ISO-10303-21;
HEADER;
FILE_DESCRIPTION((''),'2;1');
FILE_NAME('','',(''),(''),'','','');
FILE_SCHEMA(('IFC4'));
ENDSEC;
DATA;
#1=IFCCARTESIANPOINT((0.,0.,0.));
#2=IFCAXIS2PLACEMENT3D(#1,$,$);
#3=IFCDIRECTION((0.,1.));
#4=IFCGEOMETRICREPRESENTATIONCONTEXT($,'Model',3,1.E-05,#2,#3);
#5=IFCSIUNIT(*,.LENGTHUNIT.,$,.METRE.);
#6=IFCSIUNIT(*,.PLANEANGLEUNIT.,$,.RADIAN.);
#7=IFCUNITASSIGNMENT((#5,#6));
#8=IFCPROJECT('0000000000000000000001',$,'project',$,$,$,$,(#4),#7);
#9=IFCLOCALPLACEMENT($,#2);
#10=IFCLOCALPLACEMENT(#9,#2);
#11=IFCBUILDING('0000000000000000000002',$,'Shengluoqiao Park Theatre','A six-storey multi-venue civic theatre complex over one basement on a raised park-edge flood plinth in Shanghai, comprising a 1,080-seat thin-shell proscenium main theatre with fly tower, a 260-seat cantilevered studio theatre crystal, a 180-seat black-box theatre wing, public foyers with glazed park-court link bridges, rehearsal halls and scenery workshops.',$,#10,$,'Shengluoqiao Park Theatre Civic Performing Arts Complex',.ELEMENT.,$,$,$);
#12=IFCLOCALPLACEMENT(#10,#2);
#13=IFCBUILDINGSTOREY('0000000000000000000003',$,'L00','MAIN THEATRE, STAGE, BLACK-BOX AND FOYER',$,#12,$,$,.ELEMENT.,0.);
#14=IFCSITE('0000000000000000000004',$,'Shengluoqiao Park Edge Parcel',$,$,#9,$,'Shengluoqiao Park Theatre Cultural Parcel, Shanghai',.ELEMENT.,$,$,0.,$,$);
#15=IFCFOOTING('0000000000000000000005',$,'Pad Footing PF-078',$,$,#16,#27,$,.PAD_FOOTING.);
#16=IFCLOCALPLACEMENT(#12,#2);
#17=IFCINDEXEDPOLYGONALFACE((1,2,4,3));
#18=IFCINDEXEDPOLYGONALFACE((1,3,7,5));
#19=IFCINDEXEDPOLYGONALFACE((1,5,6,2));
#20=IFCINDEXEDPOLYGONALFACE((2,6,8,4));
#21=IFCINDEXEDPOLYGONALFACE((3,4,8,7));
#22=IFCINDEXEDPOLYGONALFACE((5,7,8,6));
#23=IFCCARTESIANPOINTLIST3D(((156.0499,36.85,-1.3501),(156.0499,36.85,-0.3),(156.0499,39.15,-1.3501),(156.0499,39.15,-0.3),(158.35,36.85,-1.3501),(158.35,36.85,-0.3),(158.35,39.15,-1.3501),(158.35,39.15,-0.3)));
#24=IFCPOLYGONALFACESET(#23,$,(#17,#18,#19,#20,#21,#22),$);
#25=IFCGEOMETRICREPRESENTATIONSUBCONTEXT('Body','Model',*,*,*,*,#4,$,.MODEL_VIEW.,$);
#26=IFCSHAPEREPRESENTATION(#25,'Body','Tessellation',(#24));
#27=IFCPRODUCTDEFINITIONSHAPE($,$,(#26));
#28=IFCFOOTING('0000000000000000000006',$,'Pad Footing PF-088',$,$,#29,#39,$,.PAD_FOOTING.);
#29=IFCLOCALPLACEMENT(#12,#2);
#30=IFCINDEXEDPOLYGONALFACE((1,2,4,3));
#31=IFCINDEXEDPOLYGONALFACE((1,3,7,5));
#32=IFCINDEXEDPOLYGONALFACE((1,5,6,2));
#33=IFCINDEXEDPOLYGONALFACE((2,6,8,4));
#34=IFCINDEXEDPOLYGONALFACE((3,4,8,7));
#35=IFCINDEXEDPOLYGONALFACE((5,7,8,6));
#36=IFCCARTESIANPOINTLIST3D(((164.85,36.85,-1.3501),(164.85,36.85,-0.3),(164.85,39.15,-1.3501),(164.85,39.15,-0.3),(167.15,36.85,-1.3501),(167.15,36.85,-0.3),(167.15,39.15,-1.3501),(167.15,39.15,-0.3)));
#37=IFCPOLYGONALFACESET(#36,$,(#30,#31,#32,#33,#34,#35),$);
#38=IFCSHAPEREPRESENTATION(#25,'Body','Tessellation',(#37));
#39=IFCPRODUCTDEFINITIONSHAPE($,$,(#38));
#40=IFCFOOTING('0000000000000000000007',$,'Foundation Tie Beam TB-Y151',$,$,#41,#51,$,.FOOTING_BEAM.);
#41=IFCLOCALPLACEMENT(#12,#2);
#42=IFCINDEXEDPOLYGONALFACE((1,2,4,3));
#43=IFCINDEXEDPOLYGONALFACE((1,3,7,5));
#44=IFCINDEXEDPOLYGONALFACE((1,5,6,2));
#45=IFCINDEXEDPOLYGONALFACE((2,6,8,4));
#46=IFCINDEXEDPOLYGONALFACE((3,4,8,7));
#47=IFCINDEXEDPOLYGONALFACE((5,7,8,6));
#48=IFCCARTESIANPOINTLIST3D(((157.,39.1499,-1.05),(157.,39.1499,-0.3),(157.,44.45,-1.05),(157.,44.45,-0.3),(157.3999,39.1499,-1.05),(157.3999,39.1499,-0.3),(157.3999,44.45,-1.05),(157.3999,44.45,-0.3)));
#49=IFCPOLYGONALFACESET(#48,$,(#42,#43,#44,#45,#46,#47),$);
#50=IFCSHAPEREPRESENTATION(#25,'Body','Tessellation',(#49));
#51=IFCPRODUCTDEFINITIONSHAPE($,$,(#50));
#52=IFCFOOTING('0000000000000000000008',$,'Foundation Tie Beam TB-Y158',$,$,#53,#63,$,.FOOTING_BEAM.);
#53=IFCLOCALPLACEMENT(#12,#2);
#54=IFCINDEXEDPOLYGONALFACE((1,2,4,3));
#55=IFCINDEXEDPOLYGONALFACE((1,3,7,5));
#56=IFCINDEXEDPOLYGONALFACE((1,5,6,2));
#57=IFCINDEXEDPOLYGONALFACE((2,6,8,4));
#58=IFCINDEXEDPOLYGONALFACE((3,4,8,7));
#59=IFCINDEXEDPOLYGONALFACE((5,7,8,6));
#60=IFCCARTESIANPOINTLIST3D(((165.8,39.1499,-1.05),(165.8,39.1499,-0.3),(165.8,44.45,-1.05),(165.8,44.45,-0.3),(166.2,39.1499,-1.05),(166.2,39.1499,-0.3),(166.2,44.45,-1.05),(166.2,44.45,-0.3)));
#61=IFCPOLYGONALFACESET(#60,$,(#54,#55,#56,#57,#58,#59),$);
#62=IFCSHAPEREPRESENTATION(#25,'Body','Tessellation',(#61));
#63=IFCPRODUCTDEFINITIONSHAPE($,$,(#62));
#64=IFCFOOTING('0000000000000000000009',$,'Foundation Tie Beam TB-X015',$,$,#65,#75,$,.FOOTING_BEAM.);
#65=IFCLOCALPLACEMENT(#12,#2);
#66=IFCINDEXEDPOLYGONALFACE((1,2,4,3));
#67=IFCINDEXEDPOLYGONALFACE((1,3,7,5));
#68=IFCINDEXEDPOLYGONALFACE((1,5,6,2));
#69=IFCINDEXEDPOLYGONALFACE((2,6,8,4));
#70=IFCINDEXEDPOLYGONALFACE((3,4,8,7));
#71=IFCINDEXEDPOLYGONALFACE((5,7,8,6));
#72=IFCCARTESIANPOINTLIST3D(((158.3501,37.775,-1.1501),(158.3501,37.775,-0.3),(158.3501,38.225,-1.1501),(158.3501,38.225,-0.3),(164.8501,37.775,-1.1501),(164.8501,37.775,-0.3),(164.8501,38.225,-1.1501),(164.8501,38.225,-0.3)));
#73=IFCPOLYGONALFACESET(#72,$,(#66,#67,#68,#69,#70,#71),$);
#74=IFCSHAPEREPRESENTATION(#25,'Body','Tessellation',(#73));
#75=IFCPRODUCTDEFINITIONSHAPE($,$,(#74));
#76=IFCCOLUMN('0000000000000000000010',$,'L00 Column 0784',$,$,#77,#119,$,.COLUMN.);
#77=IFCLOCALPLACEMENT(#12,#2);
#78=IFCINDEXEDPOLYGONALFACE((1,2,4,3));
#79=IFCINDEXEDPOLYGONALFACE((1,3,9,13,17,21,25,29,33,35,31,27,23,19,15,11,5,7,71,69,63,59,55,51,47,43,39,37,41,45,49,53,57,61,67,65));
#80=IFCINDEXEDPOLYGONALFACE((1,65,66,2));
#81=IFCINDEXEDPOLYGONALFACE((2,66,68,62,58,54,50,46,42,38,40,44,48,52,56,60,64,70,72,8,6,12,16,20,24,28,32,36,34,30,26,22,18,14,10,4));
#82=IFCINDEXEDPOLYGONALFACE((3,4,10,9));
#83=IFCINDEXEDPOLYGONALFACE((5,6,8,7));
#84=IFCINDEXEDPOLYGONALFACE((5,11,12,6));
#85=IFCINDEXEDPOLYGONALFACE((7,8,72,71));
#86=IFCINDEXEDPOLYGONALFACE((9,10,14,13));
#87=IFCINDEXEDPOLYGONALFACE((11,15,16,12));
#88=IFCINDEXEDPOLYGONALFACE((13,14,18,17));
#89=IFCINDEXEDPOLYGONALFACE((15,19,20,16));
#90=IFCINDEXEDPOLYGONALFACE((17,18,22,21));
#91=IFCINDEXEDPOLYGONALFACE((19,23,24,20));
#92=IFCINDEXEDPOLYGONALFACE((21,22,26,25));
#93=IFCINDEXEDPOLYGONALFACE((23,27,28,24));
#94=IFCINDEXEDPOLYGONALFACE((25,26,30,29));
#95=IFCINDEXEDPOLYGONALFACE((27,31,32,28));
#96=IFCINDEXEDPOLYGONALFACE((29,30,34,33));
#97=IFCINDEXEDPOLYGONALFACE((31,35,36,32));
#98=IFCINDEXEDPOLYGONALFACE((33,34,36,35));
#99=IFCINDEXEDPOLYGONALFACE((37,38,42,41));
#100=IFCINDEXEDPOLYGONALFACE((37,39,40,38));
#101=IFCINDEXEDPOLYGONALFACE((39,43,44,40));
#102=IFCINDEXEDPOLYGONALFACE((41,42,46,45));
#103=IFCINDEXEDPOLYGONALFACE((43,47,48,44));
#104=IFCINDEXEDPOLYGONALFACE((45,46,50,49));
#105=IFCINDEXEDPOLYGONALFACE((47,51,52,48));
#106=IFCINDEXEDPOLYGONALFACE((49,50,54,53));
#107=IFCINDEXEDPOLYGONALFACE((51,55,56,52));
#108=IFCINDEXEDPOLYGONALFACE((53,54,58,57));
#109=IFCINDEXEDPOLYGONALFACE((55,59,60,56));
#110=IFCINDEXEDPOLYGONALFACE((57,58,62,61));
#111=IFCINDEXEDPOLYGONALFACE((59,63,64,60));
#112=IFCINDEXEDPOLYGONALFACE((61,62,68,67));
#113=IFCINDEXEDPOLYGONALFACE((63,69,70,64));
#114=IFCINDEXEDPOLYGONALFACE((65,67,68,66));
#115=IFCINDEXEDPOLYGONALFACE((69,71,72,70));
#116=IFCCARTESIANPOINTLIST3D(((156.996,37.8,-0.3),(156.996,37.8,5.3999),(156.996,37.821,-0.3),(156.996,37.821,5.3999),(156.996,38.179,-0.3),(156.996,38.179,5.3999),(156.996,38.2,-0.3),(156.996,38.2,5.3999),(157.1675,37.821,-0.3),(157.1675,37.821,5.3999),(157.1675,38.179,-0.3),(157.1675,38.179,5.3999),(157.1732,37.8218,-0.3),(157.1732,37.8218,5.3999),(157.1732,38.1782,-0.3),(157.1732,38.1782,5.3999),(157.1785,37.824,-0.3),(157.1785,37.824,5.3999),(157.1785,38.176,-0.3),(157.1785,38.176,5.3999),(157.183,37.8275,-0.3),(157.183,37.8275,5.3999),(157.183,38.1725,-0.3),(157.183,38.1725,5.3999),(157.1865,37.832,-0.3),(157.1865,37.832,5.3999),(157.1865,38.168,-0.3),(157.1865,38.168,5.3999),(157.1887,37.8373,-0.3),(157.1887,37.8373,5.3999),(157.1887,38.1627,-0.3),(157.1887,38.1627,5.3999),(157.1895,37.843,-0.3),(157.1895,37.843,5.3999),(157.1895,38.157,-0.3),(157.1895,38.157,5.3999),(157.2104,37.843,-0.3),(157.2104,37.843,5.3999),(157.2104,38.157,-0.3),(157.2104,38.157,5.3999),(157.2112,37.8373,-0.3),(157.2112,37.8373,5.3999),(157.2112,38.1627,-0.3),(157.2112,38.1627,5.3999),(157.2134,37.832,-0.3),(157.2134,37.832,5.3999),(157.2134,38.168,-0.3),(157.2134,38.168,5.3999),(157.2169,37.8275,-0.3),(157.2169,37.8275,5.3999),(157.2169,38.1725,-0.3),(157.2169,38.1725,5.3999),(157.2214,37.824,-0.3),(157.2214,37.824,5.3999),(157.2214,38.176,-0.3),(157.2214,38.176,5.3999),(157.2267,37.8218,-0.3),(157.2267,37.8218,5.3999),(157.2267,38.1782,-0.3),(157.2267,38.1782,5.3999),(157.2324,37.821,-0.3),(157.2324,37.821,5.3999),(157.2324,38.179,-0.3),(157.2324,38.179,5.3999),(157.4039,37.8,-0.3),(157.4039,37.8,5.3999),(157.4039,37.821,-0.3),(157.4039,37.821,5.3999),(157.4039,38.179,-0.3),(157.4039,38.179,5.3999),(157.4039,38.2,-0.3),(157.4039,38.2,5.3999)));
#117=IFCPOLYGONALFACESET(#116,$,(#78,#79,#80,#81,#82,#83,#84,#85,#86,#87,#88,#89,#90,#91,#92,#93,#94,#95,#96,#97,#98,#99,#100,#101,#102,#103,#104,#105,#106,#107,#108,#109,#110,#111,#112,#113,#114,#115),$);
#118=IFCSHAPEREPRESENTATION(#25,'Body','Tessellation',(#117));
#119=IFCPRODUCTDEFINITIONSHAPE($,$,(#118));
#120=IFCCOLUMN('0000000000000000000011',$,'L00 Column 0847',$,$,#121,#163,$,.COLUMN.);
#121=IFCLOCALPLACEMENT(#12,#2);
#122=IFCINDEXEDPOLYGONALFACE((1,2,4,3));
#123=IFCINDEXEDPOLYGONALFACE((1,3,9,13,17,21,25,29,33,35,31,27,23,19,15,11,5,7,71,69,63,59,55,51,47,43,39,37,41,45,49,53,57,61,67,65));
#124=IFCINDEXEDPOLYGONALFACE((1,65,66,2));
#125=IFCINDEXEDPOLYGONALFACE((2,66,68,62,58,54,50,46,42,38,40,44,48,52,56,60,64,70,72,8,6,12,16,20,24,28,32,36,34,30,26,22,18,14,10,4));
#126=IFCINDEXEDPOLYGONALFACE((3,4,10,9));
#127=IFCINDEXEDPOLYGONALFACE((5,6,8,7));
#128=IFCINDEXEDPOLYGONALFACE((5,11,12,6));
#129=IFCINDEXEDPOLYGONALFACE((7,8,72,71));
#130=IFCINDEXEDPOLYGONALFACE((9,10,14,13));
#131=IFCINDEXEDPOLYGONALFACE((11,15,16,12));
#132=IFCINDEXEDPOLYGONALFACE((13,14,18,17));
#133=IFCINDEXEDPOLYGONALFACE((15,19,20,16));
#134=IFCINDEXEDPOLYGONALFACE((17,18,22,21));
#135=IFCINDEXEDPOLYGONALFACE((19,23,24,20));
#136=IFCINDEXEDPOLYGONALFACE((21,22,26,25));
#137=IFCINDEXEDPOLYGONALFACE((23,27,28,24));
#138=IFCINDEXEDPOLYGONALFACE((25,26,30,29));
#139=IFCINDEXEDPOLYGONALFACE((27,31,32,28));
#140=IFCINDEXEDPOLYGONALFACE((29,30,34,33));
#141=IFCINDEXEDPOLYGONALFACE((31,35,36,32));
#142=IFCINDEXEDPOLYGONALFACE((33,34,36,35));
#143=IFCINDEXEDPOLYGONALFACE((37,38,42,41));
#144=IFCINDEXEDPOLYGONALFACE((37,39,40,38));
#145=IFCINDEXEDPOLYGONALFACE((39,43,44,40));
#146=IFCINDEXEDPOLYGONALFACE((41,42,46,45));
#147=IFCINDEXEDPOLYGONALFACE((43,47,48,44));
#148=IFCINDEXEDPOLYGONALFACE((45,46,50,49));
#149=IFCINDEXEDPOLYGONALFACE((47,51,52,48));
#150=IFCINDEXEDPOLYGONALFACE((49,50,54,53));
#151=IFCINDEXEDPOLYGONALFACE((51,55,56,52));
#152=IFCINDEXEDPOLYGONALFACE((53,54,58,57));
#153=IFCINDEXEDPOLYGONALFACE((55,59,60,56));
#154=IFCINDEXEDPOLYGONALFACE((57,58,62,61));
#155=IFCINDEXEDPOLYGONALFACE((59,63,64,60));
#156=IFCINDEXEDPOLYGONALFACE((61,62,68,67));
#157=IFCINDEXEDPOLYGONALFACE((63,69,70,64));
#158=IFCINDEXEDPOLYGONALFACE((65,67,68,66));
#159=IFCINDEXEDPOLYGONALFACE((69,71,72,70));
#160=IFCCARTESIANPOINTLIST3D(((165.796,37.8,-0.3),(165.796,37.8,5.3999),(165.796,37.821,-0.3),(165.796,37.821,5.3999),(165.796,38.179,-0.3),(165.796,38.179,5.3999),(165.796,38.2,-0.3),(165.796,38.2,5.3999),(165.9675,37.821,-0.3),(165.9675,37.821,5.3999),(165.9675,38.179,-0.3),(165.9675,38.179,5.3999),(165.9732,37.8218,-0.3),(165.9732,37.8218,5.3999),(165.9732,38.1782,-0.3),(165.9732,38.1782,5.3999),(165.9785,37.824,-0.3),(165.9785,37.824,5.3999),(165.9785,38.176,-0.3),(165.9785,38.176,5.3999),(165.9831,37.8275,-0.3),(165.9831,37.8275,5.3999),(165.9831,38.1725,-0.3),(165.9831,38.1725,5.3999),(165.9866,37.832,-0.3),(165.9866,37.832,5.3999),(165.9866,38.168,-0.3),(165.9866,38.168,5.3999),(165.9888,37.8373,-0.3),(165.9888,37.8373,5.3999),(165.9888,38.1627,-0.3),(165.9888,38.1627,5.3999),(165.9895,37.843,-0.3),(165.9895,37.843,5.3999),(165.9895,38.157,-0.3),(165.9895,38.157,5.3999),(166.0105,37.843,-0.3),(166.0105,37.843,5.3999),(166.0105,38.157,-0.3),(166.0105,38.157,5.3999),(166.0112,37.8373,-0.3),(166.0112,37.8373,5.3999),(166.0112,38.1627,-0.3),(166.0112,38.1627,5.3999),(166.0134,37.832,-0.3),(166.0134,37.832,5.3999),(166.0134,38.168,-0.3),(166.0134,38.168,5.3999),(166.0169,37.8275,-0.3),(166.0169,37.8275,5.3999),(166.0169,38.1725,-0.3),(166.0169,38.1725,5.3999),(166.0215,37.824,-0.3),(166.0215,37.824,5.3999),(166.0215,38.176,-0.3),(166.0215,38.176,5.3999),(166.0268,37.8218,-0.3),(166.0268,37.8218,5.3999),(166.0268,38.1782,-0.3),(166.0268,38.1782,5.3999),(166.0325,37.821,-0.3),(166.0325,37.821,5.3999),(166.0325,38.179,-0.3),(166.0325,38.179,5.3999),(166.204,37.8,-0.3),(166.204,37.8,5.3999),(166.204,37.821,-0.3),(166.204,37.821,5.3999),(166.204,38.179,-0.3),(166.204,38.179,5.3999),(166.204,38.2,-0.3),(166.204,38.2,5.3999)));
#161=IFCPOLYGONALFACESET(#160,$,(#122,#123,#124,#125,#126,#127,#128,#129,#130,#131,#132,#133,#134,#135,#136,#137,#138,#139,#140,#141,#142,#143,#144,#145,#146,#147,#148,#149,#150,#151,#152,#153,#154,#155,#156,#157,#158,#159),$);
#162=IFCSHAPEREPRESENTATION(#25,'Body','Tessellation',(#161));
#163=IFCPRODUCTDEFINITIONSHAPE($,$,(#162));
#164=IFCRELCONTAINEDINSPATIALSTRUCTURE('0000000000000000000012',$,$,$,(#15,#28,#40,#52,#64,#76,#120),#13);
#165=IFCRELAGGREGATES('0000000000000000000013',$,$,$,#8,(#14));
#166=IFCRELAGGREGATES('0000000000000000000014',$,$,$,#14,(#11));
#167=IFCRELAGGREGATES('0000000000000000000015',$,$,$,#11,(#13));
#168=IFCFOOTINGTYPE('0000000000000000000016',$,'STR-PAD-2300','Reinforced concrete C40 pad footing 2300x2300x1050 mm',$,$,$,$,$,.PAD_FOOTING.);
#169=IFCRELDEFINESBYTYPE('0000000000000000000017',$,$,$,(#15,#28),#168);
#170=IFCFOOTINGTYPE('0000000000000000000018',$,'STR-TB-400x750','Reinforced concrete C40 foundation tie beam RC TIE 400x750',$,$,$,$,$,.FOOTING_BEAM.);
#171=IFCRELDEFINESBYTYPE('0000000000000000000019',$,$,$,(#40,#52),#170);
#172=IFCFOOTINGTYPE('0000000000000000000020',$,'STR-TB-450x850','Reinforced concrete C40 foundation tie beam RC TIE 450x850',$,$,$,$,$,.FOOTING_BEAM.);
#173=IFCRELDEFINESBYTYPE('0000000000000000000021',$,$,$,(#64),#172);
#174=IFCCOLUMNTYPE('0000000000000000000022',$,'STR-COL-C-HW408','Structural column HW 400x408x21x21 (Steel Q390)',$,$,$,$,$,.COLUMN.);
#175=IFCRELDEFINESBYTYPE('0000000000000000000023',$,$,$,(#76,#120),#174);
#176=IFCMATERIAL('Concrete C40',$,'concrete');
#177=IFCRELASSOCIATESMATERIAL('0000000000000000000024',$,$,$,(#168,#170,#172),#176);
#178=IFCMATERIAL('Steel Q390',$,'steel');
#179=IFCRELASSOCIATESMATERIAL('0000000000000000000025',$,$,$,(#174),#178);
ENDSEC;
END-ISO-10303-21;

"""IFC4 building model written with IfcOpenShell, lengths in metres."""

from ifc_helpers import new_model, si_unit, direction, frame, origin, origin_2d, place, context, subcontext, project, spatial, rectangle, i_section, extrude, material, material_profile, profile_set, type_object, element, save


model = new_model("IFC4")

# Units and contexts
model_context = context("Model", 3, precision=1e-05, world=origin(), true_north=direction((0.0, 1.0)))
body_context = subcontext(model_context, "Body", "Model", "MODEL_VIEW")
ifc_project = project(units=[si_unit("LENGTHUNIT", "METRE"), si_unit("PLANEANGLEUNIT", "RADIAN")], contexts=[model_context])

# Site, building, storey
site_placement = place(None, origin())
site = spatial("IfcSite", under=ifc_project, at=site_placement, Name="Shengluoqiao Park Edge Parcel", LongName="Shengluoqiao Park Theatre Cultural Parcel, Shanghai", CompositionType="ELEMENT", RefElevation=0.0)
building_placement = place(site_placement, origin())
building = spatial("IfcBuilding", under=site, at=building_placement, Name="Shengluoqiao Park Theatre", Description="A six-storey multi-venue civic theatre complex over one basement on a raised park-edge flood plinth in Shanghai, comprising a 1,080-seat thin-shell proscenium main theatre with fly tower, a 260-seat cantilevered studio theatre crystal, a 180-seat black-box theatre wing, public foyers with glazed park-court link bridges, rehearsal halls and scenery workshops.", LongName="Shengluoqiao Park Theatre Civic Performing Arts Complex", CompositionType="ELEMENT")
storey_placement = place(building_placement, origin())
storey = spatial("IfcBuildingStorey", under=building, at=storey_placement, Name="L00", Description="MAIN THEATRE, STAGE, BLACK-BOX AND FOYER", CompositionType="ELEMENT", Elevation=0.0)

# Footings
ifc_material_1 = material(Name="Concrete C40", Category="concrete")
footing_type_1 = type_object("IfcFootingType", Name="STR-PAD-2300", Description="Reinforced concrete C40 pad footing 2300x2300x1050 mm", PredefinedType="PAD_FOOTING", material=ifc_material_1)
for number, where, z_axis, x_axis, name in (
    (1, (157.2, 38.0, -1.3501), (0.0, 0.0, 1.0), (1.0, 0.0, 0.0), "Pad Footing PF-078"),
    (2, (166.0, 38.0, -1.3501), (0.0, 0.0, 1.0), (1.0, 0.0, 0.0), "Pad Footing PF-088"),
):
    element("IfcFooting", number, at=place(storey_placement, frame(where, z_axis=z_axis, x_axis=x_axis)), inside=storey, type_object=footing_type_1, Name=name, PredefinedType="PAD_FOOTING", context=body_context, shape_type="SweptSolid", body=[
        extrude(rectangle(XDim=2.3, YDim=2.3, at=origin_2d()), origin(), (0.0, 0.0, 1.0), 1.05),
    ])
ifc_material_profile_1 = material_profile(ifc_material_1, rectangle(XDim=0.3999, YDim=0.75, at=origin_2d()), Name="RC TIE 400x750")
ifc_profile_set_1 = profile_set([ifc_material_profile_1], Name="Concrete C40")
footing_type_2 = type_object("IfcFootingType", Name="STR-TB-400x750", Description="Reinforced concrete C40 foundation tie beam RC TIE 400x750", PredefinedType="FOOTING_BEAM", material=ifc_profile_set_1)
for number, where, z_axis, x_axis, name in (
    (3, (157.2, 39.1499, -0.675), (0.0, 1.0, 0.0), (-1.0, 0.0, 0.0), "Foundation Tie Beam TB-Y151"),
    (4, (166.0, 39.1499, -0.675), (0.0, 1.0, 0.0), (-1.0, 0.0, 0.0), "Foundation Tie Beam TB-Y158"),
):
    element("IfcFooting", number, at=place(storey_placement, frame(where, z_axis=z_axis, x_axis=x_axis)), inside=storey, type_object=footing_type_2, Name=name, PredefinedType="FOOTING_BEAM", context=body_context, shape_type="SweptSolid", body=[
        extrude(rectangle(XDim=0.3999, YDim=0.75, at=origin_2d()), origin(), (0.0, 0.0, 1.0), 5.3),
    ])
ifc_material_profile_2 = material_profile(ifc_material_1, rectangle(XDim=0.45, YDim=0.8501, at=origin_2d()), Name="RC TIE 450x850")
ifc_profile_set_2 = profile_set([ifc_material_profile_2], Name="Concrete C40")
footing_type_3 = type_object("IfcFootingType", Name="STR-TB-450x850", Description="Reinforced concrete C40 foundation tie beam RC TIE 450x850", PredefinedType="FOOTING_BEAM", material=ifc_profile_set_2)
footing_placement = place(storey_placement, frame((158.3501, 38.0, -0.7251), z_axis=(1.0, 0.0, 0.0), x_axis=(0.0, 1.0, 0.0)))
element("IfcFooting", 5, at=footing_placement, inside=storey, type_object=footing_type_3, Name="Foundation Tie Beam TB-X015", PredefinedType="FOOTING_BEAM", context=body_context, shape_type="SweptSolid", body=[
    extrude(rectangle(XDim=0.45, YDim=0.8501, at=origin_2d()), origin(), (0.0, 0.0, 1.0), 6.5),
])

# Columns
ifc_material_2 = material(Name="Steel Q390", Category="steel")
ifc_material_profile_3 = material_profile(ifc_material_2, i_section(OverallWidth=0.408, OverallDepth=0.3999, WebThickness=0.021, FlangeThickness=0.021, FilletRadius=0.022, at=origin_2d()), Name="HW 400x408x21x21")
ifc_profile_set_3 = profile_set([ifc_material_profile_3], Name="Steel Q390")
column_type = type_object("IfcColumnType", Name="STR-COL-C-HW408", Description="Structural column HW 400x408x21x21 (Steel Q390)", PredefinedType="COLUMN", material=ifc_profile_set_3)
for number, where, z_axis, x_axis, name in (
    (6, (157.2, 38.0, -0.3), (0.0, 0.0, 1.0), (1.0, 0.0, 0.0), "L00 Column 0784"),
    (7, (166.0, 38.0, -0.3), (0.0, 0.0, 1.0), (1.0, 0.0, 0.0), "L00 Column 0847"),
):
    element("IfcColumn", number, at=place(storey_placement, frame(where, z_axis=z_axis, x_axis=x_axis)), inside=storey, type_object=column_type, Name=name, PredefinedType="COLUMN", context=body_context, shape_type="SweptSolid", body=[
        extrude(i_section(OverallWidth=0.408, OverallDepth=0.3999, WebThickness=0.021, FlangeThickness=0.021, FilletRadius=0.022, at=origin_2d()), origin(), (0.0, 0.0, 1.0), 5.7),
    ])

save(model, "model.ifc")
